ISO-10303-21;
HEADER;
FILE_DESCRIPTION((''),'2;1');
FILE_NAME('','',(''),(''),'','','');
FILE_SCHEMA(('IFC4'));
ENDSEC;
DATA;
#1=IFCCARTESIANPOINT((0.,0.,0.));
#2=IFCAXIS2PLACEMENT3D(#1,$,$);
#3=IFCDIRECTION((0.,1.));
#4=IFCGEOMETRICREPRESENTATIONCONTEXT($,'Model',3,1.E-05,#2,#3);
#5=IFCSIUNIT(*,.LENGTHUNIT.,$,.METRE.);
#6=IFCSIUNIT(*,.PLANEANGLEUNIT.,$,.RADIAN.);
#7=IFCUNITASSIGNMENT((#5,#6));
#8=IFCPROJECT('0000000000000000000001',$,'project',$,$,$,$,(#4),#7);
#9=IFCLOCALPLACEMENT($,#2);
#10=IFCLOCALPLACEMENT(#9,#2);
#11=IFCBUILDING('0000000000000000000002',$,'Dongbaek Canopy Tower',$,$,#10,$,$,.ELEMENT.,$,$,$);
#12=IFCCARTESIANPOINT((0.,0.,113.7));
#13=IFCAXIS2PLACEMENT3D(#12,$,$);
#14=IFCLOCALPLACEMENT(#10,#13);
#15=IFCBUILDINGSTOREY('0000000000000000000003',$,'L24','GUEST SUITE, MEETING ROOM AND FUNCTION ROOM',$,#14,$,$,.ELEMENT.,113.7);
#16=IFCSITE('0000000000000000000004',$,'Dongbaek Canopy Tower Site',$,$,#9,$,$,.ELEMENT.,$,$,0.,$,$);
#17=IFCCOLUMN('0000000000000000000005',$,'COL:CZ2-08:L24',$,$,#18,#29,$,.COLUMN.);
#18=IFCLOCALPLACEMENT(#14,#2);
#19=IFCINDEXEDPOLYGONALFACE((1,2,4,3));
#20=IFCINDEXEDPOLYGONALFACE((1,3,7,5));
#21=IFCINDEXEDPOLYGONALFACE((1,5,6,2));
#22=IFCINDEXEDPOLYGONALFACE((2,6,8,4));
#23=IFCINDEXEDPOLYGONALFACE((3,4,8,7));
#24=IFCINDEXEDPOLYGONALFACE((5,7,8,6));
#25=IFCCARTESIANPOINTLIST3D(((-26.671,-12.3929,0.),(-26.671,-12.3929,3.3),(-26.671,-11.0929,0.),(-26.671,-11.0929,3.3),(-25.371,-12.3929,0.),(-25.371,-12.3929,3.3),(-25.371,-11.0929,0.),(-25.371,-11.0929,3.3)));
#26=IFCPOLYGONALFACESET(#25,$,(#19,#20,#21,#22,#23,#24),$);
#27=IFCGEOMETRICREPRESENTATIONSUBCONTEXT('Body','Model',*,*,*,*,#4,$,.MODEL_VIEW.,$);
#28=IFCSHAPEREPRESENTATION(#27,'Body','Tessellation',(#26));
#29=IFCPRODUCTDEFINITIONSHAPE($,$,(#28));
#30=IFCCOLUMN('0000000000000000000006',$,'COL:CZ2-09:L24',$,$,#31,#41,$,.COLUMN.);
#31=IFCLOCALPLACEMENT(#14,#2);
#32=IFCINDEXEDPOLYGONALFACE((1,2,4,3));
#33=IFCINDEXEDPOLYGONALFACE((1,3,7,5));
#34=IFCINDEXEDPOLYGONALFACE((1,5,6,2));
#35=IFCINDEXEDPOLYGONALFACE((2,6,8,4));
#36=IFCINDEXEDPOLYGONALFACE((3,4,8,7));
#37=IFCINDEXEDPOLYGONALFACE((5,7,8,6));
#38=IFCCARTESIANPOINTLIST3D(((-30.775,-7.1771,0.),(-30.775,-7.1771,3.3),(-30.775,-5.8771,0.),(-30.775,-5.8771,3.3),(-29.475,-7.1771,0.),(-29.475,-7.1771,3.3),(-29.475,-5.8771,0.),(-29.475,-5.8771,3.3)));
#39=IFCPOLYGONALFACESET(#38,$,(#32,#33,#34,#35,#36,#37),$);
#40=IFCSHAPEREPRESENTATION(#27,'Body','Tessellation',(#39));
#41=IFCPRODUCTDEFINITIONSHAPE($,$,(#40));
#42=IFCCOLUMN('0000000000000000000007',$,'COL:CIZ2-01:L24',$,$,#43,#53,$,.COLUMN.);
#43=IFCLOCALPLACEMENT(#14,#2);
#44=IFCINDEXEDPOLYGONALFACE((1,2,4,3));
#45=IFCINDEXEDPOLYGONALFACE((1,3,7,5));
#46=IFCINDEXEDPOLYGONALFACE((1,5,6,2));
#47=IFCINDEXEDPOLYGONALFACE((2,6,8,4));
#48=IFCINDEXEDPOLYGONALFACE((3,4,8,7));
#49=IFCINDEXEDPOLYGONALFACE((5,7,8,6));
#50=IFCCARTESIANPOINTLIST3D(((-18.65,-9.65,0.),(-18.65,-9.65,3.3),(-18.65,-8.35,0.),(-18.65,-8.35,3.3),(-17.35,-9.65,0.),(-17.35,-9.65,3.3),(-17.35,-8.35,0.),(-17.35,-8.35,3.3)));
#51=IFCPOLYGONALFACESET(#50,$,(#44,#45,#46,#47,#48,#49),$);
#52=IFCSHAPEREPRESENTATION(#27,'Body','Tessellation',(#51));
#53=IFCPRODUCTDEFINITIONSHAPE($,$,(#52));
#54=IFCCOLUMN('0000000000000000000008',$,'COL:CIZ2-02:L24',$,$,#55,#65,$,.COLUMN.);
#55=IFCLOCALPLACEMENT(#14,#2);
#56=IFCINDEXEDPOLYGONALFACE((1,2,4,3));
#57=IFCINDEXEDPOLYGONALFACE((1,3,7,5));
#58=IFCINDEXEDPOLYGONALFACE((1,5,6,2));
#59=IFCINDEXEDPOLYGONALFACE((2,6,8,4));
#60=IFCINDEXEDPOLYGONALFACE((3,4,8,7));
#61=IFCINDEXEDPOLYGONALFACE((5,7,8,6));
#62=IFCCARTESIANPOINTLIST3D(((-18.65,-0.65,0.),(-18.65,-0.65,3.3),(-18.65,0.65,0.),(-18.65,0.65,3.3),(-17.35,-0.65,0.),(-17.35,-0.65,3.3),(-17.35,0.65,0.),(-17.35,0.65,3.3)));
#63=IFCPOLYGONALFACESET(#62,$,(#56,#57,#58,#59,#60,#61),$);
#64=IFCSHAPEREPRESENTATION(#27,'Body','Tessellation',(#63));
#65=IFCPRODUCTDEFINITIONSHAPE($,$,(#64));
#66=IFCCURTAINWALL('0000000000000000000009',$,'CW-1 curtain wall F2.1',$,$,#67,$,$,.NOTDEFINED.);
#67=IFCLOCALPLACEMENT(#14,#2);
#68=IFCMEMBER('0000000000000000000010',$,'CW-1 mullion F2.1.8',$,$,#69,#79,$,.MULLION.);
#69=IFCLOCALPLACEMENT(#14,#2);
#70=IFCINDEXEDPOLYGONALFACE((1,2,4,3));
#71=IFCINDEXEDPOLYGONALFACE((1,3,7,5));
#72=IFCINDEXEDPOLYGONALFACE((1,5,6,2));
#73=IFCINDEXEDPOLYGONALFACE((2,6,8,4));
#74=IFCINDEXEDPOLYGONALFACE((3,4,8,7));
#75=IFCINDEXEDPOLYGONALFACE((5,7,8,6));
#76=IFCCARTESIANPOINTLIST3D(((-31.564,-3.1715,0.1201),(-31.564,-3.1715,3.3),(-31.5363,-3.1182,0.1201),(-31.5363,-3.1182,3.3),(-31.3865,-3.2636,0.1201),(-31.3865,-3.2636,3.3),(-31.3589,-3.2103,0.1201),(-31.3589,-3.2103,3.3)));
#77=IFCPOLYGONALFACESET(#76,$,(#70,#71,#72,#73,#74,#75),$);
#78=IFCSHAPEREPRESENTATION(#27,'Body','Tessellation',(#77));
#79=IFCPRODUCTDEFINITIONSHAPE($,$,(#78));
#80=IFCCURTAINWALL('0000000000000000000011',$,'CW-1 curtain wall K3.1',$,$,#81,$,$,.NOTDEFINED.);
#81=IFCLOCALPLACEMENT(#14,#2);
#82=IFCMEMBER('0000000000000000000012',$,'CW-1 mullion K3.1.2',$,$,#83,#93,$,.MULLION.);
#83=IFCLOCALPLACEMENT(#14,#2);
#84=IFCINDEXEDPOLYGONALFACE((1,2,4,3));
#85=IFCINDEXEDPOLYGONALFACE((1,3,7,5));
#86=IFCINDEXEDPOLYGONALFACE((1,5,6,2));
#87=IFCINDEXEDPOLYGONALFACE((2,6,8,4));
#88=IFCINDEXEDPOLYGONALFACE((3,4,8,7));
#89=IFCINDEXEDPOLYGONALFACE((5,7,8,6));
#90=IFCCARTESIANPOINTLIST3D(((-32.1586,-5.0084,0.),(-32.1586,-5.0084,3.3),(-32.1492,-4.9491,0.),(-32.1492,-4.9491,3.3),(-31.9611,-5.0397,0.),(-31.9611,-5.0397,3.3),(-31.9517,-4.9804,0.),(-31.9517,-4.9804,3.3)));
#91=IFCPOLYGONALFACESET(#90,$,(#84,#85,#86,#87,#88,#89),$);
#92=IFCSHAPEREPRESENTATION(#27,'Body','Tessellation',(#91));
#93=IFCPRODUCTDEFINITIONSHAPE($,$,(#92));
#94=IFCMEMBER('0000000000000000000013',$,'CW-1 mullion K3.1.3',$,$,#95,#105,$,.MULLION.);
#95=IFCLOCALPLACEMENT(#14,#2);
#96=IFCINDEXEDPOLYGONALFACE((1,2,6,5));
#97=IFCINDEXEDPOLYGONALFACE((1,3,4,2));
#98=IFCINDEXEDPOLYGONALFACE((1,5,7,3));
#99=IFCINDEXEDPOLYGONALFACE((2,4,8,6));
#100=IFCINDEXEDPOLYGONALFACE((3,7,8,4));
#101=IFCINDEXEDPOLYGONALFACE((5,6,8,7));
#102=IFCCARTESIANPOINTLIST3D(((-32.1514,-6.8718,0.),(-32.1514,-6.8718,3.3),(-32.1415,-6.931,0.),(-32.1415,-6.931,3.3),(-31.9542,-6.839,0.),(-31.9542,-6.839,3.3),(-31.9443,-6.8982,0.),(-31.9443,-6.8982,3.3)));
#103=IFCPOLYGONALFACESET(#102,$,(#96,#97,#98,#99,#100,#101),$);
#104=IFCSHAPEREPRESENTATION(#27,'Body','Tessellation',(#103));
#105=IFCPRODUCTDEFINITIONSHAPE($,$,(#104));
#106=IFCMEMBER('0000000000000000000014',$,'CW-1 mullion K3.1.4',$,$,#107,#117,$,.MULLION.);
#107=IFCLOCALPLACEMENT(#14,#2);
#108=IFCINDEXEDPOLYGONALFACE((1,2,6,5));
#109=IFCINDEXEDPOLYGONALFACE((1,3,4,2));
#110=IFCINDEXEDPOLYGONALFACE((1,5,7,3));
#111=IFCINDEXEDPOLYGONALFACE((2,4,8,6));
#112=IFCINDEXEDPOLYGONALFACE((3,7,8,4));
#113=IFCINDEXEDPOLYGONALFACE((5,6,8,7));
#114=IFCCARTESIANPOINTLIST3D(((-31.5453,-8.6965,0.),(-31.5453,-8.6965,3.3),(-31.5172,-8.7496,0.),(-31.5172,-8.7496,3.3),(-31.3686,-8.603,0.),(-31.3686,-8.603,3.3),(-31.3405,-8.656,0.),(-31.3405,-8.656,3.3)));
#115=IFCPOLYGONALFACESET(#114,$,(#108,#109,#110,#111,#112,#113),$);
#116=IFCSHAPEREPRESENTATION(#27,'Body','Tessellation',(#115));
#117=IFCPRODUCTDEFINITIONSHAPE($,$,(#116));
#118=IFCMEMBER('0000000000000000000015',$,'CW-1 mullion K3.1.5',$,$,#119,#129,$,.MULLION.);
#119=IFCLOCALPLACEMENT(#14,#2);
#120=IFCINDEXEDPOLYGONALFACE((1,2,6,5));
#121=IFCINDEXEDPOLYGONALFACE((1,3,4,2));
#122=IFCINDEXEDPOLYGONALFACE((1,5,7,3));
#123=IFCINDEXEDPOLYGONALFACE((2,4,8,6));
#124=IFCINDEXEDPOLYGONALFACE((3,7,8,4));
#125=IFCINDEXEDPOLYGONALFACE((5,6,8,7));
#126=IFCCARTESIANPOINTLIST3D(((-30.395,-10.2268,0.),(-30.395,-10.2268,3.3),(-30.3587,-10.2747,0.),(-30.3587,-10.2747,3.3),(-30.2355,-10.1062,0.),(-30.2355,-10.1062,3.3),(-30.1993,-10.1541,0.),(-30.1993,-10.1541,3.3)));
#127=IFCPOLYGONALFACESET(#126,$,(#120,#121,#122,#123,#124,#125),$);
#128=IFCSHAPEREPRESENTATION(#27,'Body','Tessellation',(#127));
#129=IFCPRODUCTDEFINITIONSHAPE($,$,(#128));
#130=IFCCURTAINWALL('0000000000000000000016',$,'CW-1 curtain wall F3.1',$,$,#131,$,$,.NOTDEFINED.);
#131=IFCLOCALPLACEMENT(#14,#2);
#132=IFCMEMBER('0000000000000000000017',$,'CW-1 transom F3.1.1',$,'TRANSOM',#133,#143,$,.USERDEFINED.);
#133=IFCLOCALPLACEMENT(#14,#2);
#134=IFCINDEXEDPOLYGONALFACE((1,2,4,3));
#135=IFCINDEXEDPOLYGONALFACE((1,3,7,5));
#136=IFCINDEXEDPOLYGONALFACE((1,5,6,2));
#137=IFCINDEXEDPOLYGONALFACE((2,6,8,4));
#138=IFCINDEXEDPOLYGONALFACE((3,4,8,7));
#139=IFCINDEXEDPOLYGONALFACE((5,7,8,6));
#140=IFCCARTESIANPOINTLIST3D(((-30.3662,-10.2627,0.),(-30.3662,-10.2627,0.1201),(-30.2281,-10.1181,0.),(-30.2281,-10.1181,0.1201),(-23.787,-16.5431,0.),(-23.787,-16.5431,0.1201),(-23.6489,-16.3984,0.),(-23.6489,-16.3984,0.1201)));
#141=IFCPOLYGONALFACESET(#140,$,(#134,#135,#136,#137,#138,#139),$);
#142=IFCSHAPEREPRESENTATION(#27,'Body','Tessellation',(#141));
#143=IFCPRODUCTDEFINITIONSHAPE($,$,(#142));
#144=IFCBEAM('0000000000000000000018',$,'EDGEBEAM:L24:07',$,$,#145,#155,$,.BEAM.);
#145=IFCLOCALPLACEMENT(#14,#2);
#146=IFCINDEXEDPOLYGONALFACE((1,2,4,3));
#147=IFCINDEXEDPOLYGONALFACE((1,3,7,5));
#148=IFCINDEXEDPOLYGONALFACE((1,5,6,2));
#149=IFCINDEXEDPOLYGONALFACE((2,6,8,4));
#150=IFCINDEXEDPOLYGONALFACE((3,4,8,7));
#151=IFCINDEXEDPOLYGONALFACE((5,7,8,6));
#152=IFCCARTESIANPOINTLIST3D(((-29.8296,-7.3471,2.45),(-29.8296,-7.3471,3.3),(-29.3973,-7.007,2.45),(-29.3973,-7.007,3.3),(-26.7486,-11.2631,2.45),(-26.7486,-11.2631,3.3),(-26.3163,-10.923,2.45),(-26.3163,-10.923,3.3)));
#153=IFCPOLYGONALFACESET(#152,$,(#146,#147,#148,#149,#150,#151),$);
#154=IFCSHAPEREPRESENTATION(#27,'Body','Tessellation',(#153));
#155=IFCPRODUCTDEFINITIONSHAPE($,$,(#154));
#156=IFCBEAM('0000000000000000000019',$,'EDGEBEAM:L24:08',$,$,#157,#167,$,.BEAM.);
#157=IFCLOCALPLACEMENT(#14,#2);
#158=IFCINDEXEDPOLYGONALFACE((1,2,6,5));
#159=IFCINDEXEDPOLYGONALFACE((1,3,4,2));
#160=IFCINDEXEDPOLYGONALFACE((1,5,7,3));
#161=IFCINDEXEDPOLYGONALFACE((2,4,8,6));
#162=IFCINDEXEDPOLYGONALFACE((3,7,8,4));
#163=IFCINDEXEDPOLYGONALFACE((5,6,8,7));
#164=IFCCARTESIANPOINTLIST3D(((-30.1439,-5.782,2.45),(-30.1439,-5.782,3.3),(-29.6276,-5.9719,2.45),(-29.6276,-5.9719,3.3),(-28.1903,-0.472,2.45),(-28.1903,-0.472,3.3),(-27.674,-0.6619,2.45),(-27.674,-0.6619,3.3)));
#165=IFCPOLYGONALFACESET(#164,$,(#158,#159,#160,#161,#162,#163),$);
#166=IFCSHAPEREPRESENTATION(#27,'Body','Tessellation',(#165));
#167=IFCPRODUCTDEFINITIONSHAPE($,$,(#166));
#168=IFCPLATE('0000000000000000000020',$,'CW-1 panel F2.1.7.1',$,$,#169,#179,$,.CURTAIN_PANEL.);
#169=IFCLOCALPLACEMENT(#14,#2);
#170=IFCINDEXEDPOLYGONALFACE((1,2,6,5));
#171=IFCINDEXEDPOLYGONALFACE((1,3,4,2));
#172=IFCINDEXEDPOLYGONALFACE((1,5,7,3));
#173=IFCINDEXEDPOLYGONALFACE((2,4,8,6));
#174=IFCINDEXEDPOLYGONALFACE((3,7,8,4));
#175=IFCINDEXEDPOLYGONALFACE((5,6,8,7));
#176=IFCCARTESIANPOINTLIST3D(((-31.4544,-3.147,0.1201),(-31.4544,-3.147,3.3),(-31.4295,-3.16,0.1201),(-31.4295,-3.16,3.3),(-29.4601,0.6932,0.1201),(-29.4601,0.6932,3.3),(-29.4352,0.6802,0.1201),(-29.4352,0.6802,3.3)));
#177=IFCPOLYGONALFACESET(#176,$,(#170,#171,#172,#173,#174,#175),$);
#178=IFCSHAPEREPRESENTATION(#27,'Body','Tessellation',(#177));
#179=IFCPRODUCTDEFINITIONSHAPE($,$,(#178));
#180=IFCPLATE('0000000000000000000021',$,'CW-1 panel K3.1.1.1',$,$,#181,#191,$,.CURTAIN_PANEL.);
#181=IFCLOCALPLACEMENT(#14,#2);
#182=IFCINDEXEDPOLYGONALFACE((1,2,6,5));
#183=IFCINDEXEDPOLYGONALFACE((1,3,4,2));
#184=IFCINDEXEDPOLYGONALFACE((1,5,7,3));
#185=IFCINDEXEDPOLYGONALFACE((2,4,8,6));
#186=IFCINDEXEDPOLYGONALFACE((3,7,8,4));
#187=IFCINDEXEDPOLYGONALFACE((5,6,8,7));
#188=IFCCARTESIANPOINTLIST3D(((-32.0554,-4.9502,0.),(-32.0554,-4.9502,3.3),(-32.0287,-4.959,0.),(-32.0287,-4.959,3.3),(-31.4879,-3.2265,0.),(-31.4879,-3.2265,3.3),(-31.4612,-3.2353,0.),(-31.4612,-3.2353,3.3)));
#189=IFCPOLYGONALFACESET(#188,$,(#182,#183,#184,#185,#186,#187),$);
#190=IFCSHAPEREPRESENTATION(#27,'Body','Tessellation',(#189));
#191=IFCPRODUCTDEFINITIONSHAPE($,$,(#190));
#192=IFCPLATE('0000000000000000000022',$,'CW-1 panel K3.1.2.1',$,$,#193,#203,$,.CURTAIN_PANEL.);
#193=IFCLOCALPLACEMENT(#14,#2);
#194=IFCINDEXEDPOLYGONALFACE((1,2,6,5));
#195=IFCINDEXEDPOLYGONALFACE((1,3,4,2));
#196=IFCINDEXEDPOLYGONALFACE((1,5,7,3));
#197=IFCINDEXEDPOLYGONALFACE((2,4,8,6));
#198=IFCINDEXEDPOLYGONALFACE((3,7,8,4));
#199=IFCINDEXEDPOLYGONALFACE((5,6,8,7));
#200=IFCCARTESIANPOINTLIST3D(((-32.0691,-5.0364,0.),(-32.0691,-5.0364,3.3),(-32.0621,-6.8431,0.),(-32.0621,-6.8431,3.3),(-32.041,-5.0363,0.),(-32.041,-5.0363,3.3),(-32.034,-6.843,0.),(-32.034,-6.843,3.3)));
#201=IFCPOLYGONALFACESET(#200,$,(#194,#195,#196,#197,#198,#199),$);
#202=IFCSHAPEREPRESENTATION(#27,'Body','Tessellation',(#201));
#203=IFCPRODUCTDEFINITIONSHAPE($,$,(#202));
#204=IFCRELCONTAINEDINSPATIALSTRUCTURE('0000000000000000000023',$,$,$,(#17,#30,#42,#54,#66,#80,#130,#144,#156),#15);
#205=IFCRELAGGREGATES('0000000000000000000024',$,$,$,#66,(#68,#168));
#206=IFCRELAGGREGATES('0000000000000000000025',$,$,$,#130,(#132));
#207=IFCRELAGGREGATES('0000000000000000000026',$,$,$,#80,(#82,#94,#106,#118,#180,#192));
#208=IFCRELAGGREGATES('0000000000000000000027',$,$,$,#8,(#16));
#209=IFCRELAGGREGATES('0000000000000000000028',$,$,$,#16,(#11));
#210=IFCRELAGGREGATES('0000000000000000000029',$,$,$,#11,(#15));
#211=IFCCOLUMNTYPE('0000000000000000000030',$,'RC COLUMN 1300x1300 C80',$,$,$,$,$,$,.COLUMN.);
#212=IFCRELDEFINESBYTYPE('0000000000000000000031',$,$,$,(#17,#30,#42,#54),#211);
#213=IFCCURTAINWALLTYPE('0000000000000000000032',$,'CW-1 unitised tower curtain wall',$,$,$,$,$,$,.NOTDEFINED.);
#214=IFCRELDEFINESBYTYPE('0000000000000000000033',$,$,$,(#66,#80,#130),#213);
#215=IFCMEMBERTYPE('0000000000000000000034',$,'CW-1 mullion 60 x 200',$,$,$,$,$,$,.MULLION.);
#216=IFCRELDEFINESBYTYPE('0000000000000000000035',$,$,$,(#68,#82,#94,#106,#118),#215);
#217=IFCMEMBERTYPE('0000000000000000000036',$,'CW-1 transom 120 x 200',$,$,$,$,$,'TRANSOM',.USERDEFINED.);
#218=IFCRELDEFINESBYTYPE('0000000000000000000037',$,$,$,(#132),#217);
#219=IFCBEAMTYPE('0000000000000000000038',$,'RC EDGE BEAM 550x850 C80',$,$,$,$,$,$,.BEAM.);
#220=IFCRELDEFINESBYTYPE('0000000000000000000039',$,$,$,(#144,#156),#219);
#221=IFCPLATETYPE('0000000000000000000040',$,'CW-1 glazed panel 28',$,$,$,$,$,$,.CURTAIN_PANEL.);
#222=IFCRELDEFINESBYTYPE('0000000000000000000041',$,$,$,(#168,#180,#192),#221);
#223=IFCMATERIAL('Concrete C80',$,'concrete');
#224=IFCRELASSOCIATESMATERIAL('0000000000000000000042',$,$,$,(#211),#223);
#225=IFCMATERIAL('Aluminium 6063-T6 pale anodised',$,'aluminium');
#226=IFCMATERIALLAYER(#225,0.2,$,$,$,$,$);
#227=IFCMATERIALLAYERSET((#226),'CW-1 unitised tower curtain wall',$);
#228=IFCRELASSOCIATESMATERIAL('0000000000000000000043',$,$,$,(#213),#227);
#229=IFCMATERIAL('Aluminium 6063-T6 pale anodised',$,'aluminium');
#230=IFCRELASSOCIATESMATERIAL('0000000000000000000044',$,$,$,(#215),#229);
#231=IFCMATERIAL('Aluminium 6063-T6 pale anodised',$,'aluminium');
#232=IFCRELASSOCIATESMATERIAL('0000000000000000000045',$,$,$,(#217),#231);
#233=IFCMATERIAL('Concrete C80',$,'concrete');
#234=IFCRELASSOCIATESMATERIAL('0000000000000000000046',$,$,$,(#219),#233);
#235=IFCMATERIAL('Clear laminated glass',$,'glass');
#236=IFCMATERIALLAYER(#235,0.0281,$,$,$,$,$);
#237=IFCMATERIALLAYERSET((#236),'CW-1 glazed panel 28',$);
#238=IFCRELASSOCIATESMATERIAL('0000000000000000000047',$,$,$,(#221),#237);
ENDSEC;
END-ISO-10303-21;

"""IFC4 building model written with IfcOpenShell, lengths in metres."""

from ifc_helpers import new_model, si_unit, direction, frame, origin, origin_2d, place, context, subcontext, project, spatial, rectangle, extrude, material, layer, layer_set, material_profile, profile_set, type_object, element, aggregate, save


model = new_model("IFC4")

# Units and contexts
model_context = context("Model", 3, precision=1e-05, world=origin(), true_north=direction((0.0, 1.0)))
body_context = subcontext(model_context, "Body", "Model", "MODEL_VIEW")
ifc_project = project(units=[si_unit("LENGTHUNIT", "METRE"), si_unit("PLANEANGLEUNIT", "RADIAN")], contexts=[model_context])

# Site, building, storey
site_placement = place(None, origin())
site = spatial("IfcSite", under=ifc_project, at=site_placement, Name="Dongbaek Canopy Tower Site", CompositionType="ELEMENT", RefElevation=0.0)
building_placement = place(site_placement, origin())
building = spatial("IfcBuilding", under=site, at=building_placement, Name="Dongbaek Canopy Tower", CompositionType="ELEMENT")
storey_placement = place(building_placement, frame((0.0, 0.0, 113.7)))
storey = spatial("IfcBuildingStorey", under=building, at=storey_placement, Name="L24", Description="GUEST SUITE, MEETING ROOM AND FUNCTION ROOM", CompositionType="ELEMENT", Elevation=113.7)

# Columns
ifc_material_1 = material(Name="Concrete C80", Category="concrete")
ifc_material_profile_1 = material_profile(ifc_material_1, rectangle(XDim=1.3, YDim=1.3, at=origin_2d()), Name="RC COLUMN 1300x1300 C80")
ifc_profile_set_1 = profile_set([ifc_material_profile_1], Name="Concrete C80")
column_type = type_object("IfcColumnType", Name="RC COLUMN 1300x1300 C80", PredefinedType="COLUMN", material=ifc_profile_set_1)
for number, where, z_axis, x_axis, name in (
    (1, (-26.021, -11.7429, 0.0), (0.0, 0.0, 1.0), (1.0, 0.0, 0.0), "COL:CZ2-08:L24"),
    (2, (-30.125, -6.5271, 0.0), (0.0, 0.0, 1.0), (1.0, 0.0, 0.0), "COL:CZ2-09:L24"),
    (3, (-18.0, -9.0, 0.0), (0.0, 0.0, 1.0), (1.0, 0.0, 0.0), "COL:CIZ2-01:L24"),
    (4, (-18.0, 0.0, 0.0), (0.0, 0.0, 1.0), (1.0, 0.0, 0.0), "COL:CIZ2-02:L24"),
):
    element("IfcColumn", number, at=place(storey_placement, frame(where, z_axis=z_axis, x_axis=x_axis)), inside=storey, type_object=column_type, Name=name, PredefinedType="COLUMN", context=body_context, shape_type="SweptSolid", body=[
        extrude(rectangle(XDim=1.3, YDim=1.3, at=origin_2d()), origin(), (0.0, 0.0, 1.0), 3.3),
    ])

# Curtain wall, member
ifc_material_2 = material(Name="Aluminium 6063-T6 pale anodised", Category="aluminium")
ifc_layer_1 = layer(ifc_material_2, 0.2)
ifc_layer_set_1 = layer_set([ifc_layer_1], Name="CW-1 unitised tower curtain wall")
curtain_wall_type = type_object("IfcCurtainWallType", Name="CW-1 unitised tower curtain wall", PredefinedType="NOTDEFINED", material=ifc_layer_set_1)
curtain_wall_1_placement = place(storey_placement, origin())
curtain_wall_1 = element("IfcCurtainWall", 5, at=curtain_wall_1_placement, inside=storey, type_object=curtain_wall_type, Name="CW-1 curtain wall F2.1", PredefinedType="NOTDEFINED")
ifc_material_3 = material(Name="Aluminium 6063-T6 pale anodised", Category="aluminium")
ifc_material_profile_2 = material_profile(ifc_material_3, rectangle(XDim=0.2, YDim=0.0601, at=origin_2d()), Name="CW-1 mullion 60 x 200")
ifc_profile_set_2 = profile_set([ifc_material_profile_2], Name="Aluminium 6063-T6 pale anodised")
member_type_1 = type_object("IfcMemberType", Name="CW-1 mullion 60 x 200", PredefinedType="MULLION", material=ifc_profile_set_2)
member_1_placement = place(storey_placement, frame((-31.4614, -3.1909, 0.1201), z_axis=(0.0, 0.0, 1.0), x_axis=(-0.887463, 0.46088, 0.0)))
member_1 = element("IfcMember", 6, at=member_1_placement, type_object=member_type_1, Name="CW-1 mullion F2.1.8", PredefinedType="MULLION", context=body_context, shape_type="SweptSolid", body=[
    extrude(rectangle(XDim=0.2, YDim=0.0601, at=origin_2d()), origin(), (0.0, 0.0, 1.0), 3.1799),
])

# Curtain wall, members
curtain_wall_2_placement = place(storey_placement, origin())
curtain_wall_2 = element("IfcCurtainWall", 7, at=curtain_wall_2_placement, inside=storey, type_object=curtain_wall_type, Name="CW-1 curtain wall K3.1", PredefinedType="NOTDEFINED")
member_2_placement = place(storey_placement, frame((-32.0552, -4.9944, 0.0), z_axis=(0.0, 0.0, 1.0), x_axis=(-0.987688, 0.156434, 0.0)))
member_2 = element("IfcMember", 8, at=member_2_placement, type_object=member_type_1, Name="CW-1 mullion K3.1.2", PredefinedType="MULLION", context=body_context, shape_type="SweptSolid", body=[
    extrude(rectangle(XDim=0.2, YDim=0.0601, at=origin_2d()), origin(), (0.0, 0.0, 1.0), 3.3),
])
member_3_placement = place(storey_placement, frame((-32.0479, -6.885, 0.0), z_axis=(0.0, 0.0, 1.0), x_axis=(-0.986447, -0.164082, 0.0)))
member_3 = element("IfcMember", 9, at=member_3_placement, type_object=member_type_1, Name="CW-1 mullion K3.1.3", PredefinedType="MULLION", context=body_context, shape_type="SweptSolid", body=[
    extrude(rectangle(XDim=0.2, YDim=0.0601, at=origin_2d()), origin(), (0.0, 0.0, 1.0), 3.3),
])
member_4_placement = place(storey_placement, frame((-31.4429, -8.6763, 0.0), z_axis=(0.0, 0.0, 1.0), x_axis=(-0.883865, -0.467742, 0.0)))
member_4 = element("IfcMember", 10, at=member_4_placement, type_object=member_type_1, Name="CW-1 mullion K3.1.4", PredefinedType="MULLION", context=body_context, shape_type="SweptSolid", body=[
    extrude(rectangle(XDim=0.2, YDim=0.0601, at=origin_2d()), origin(), (0.0, 0.0, 1.0), 3.3),
])
member_5_placement = place(storey_placement, frame((-30.2971, -10.1904, 0.0), z_axis=(0.0, 0.0, 1.0), x_axis=(-0.797481, -0.603344, 0.0)))
member_5 = element("IfcMember", 11, at=member_5_placement, type_object=member_type_1, Name="CW-1 mullion K3.1.5", PredefinedType="MULLION", context=body_context, shape_type="SweptSolid", body=[
    extrude(rectangle(XDim=0.2, YDim=0.0601, at=origin_2d()), origin(), (0.0, 0.0, 1.0), 3.3),
])

# Curtain wall, member
curtain_wall_3_placement = place(storey_placement, origin())
curtain_wall_3 = element("IfcCurtainWall", 12, at=curtain_wall_3_placement, inside=storey, type_object=curtain_wall_type, Name="CW-1 curtain wall F3.1", PredefinedType="NOTDEFINED")
ifc_material_4 = material(Name="Aluminium 6063-T6 pale anodised", Category="aluminium")
ifc_material_profile_3 = material_profile(ifc_material_4, rectangle(XDim=0.2, YDim=0.1201, at=origin_2d()), Name="CW-1 transom 120 x 200")
ifc_profile_set_3 = profile_set([ifc_material_profile_3], Name="Aluminium 6063-T6 pale anodised")
member_type_2 = type_object("IfcMemberType", Name="CW-1 transom 120 x 200", ElementType="TRANSOM", PredefinedType="USERDEFINED", material=ifc_profile_set_3)
member_6_placement = place(storey_placement, frame((-30.2971, -10.1904, 0.0601), z_axis=(0.723343, -0.690489, 0.0), x_axis=(0.690489, 0.723343, 0.0)))
member_6 = element("IfcMember", 13, at=member_6_placement, type_object=member_type_2, Name="CW-1 transom F3.1.1", ObjectType="TRANSOM", PredefinedType="USERDEFINED", context=body_context, shape_type="SweptSolid", body=[
    extrude(rectangle(XDim=0.2, YDim=0.1201, at=origin_2d()), origin(), (0.0, 0.0, 1.0), 9.0955),
])

# Beams
ifc_material_5 = material(Name="Concrete C80", Category="concrete")
ifc_material_profile_4 = material_profile(ifc_material_5, rectangle(XDim=0.55, YDim=0.8501, at=origin_2d()), Name="RC EDGE BEAM 550x850 C80")
ifc_profile_set_4 = profile_set([ifc_material_profile_4], Name="Concrete C80")
beam_type = type_object("IfcBeamType", Name="RC EDGE BEAM 550x850 C80", PredefinedType="BEAM", material=ifc_profile_set_4)
beam_1_placement = place(storey_placement, frame((-26.5325, -11.093, 2.875), z_axis=(-0.618341, 0.78591, 0.0), x_axis=(-0.78591, -0.618341, 0.0)))
element("IfcBeam", 14, at=beam_1_placement, inside=storey, type_object=beam_type, Name="EDGEBEAM:L24:07", PredefinedType="BEAM", context=body_context, shape_type="SweptSolid", body=[
    extrude(rectangle(XDim=0.55, YDim=0.8501, at=origin_2d()), origin(), (0.0, 0.0, 1.0), 4.9827),
])
beam_2_placement = place(storey_placement, frame((-29.8857, -5.877, 2.875), z_axis=(0.345281, 0.938499, 0.0), x_axis=(-0.938499, 0.345281, 0.0)))
element("IfcBeam", 15, at=beam_2_placement, inside=storey, type_object=beam_type, Name="EDGEBEAM:L24:08", PredefinedType="BEAM", context=body_context, shape_type="SweptSolid", body=[
    extrude(rectangle(XDim=0.55, YDim=0.8501, at=origin_2d()), origin(), (0.0, 0.0, 1.0), 5.658),
])

# Plates
ifc_material_6 = material(Name="Clear laminated glass", Category="glass")
ifc_layer_2 = layer(ifc_material_6, 0.0281)
ifc_layer_set_2 = layer_set([ifc_layer_2], Name="CW-1 glazed panel 28")
plate_type = type_object("IfcPlateType", Name="CW-1 glazed panel 28", PredefinedType="CURTAIN_PANEL", material=ifc_layer_set_2)
plate_1_placement = place(storey_placement, frame((-30.4448, -1.2334, 0.1201), z_axis=(0.0, 0.0, 1.0), x_axis=(-0.46088, -0.887463, 0.0)))
plate_1 = element("IfcPlate", 16, at=plate_1_placement, type_object=plate_type, Name="CW-1 panel F2.1.7.1", PredefinedType="CURTAIN_PANEL", context=body_context, shape_type="SweptSolid", body=[
    extrude(rectangle(XDim=4.3271, YDim=0.0281, at=origin_2d()), origin(), (0.0, 0.0, 1.0), 3.1799),
])
plate_2_placement = place(storey_placement, frame((-31.7583, -4.0928, 0.0), z_axis=(0.0, 0.0, 1.0), x_axis=(-0.312699, -0.949852, 0.0)))
plate_2 = element("IfcPlate", 17, at=plate_2_placement, type_object=plate_type, Name="CW-1 panel K3.1.1.1", PredefinedType="CURTAIN_PANEL", context=body_context, shape_type="SweptSolid", body=[
    extrude(rectangle(XDim=1.8147, YDim=0.0281, at=origin_2d()), origin(), (0.0, 0.0, 1.0), 3.3),
])
plate_3_placement = place(storey_placement, frame((-32.0515, -5.9397, 0.0), z_axis=(0.0, 0.0, 1.0), x_axis=(0.003874, -0.999992, 0.0)))
plate_3 = element("IfcPlate", 18, at=plate_3_placement, type_object=plate_type, Name="CW-1 panel K3.1.2.1", PredefinedType="CURTAIN_PANEL", context=body_context, shape_type="SweptSolid", body=[
    extrude(rectangle(XDim=1.8066, YDim=0.0281, at=origin_2d()), origin(), (0.0, 0.0, 1.0), 3.3),
])

aggregate(curtain_wall_1, [member_1, plate_1])
aggregate(curtain_wall_3, [member_6])
aggregate(curtain_wall_2, [member_2, member_3, member_4, member_5, plate_2, plate_3])

save(model, "model.ifc")
